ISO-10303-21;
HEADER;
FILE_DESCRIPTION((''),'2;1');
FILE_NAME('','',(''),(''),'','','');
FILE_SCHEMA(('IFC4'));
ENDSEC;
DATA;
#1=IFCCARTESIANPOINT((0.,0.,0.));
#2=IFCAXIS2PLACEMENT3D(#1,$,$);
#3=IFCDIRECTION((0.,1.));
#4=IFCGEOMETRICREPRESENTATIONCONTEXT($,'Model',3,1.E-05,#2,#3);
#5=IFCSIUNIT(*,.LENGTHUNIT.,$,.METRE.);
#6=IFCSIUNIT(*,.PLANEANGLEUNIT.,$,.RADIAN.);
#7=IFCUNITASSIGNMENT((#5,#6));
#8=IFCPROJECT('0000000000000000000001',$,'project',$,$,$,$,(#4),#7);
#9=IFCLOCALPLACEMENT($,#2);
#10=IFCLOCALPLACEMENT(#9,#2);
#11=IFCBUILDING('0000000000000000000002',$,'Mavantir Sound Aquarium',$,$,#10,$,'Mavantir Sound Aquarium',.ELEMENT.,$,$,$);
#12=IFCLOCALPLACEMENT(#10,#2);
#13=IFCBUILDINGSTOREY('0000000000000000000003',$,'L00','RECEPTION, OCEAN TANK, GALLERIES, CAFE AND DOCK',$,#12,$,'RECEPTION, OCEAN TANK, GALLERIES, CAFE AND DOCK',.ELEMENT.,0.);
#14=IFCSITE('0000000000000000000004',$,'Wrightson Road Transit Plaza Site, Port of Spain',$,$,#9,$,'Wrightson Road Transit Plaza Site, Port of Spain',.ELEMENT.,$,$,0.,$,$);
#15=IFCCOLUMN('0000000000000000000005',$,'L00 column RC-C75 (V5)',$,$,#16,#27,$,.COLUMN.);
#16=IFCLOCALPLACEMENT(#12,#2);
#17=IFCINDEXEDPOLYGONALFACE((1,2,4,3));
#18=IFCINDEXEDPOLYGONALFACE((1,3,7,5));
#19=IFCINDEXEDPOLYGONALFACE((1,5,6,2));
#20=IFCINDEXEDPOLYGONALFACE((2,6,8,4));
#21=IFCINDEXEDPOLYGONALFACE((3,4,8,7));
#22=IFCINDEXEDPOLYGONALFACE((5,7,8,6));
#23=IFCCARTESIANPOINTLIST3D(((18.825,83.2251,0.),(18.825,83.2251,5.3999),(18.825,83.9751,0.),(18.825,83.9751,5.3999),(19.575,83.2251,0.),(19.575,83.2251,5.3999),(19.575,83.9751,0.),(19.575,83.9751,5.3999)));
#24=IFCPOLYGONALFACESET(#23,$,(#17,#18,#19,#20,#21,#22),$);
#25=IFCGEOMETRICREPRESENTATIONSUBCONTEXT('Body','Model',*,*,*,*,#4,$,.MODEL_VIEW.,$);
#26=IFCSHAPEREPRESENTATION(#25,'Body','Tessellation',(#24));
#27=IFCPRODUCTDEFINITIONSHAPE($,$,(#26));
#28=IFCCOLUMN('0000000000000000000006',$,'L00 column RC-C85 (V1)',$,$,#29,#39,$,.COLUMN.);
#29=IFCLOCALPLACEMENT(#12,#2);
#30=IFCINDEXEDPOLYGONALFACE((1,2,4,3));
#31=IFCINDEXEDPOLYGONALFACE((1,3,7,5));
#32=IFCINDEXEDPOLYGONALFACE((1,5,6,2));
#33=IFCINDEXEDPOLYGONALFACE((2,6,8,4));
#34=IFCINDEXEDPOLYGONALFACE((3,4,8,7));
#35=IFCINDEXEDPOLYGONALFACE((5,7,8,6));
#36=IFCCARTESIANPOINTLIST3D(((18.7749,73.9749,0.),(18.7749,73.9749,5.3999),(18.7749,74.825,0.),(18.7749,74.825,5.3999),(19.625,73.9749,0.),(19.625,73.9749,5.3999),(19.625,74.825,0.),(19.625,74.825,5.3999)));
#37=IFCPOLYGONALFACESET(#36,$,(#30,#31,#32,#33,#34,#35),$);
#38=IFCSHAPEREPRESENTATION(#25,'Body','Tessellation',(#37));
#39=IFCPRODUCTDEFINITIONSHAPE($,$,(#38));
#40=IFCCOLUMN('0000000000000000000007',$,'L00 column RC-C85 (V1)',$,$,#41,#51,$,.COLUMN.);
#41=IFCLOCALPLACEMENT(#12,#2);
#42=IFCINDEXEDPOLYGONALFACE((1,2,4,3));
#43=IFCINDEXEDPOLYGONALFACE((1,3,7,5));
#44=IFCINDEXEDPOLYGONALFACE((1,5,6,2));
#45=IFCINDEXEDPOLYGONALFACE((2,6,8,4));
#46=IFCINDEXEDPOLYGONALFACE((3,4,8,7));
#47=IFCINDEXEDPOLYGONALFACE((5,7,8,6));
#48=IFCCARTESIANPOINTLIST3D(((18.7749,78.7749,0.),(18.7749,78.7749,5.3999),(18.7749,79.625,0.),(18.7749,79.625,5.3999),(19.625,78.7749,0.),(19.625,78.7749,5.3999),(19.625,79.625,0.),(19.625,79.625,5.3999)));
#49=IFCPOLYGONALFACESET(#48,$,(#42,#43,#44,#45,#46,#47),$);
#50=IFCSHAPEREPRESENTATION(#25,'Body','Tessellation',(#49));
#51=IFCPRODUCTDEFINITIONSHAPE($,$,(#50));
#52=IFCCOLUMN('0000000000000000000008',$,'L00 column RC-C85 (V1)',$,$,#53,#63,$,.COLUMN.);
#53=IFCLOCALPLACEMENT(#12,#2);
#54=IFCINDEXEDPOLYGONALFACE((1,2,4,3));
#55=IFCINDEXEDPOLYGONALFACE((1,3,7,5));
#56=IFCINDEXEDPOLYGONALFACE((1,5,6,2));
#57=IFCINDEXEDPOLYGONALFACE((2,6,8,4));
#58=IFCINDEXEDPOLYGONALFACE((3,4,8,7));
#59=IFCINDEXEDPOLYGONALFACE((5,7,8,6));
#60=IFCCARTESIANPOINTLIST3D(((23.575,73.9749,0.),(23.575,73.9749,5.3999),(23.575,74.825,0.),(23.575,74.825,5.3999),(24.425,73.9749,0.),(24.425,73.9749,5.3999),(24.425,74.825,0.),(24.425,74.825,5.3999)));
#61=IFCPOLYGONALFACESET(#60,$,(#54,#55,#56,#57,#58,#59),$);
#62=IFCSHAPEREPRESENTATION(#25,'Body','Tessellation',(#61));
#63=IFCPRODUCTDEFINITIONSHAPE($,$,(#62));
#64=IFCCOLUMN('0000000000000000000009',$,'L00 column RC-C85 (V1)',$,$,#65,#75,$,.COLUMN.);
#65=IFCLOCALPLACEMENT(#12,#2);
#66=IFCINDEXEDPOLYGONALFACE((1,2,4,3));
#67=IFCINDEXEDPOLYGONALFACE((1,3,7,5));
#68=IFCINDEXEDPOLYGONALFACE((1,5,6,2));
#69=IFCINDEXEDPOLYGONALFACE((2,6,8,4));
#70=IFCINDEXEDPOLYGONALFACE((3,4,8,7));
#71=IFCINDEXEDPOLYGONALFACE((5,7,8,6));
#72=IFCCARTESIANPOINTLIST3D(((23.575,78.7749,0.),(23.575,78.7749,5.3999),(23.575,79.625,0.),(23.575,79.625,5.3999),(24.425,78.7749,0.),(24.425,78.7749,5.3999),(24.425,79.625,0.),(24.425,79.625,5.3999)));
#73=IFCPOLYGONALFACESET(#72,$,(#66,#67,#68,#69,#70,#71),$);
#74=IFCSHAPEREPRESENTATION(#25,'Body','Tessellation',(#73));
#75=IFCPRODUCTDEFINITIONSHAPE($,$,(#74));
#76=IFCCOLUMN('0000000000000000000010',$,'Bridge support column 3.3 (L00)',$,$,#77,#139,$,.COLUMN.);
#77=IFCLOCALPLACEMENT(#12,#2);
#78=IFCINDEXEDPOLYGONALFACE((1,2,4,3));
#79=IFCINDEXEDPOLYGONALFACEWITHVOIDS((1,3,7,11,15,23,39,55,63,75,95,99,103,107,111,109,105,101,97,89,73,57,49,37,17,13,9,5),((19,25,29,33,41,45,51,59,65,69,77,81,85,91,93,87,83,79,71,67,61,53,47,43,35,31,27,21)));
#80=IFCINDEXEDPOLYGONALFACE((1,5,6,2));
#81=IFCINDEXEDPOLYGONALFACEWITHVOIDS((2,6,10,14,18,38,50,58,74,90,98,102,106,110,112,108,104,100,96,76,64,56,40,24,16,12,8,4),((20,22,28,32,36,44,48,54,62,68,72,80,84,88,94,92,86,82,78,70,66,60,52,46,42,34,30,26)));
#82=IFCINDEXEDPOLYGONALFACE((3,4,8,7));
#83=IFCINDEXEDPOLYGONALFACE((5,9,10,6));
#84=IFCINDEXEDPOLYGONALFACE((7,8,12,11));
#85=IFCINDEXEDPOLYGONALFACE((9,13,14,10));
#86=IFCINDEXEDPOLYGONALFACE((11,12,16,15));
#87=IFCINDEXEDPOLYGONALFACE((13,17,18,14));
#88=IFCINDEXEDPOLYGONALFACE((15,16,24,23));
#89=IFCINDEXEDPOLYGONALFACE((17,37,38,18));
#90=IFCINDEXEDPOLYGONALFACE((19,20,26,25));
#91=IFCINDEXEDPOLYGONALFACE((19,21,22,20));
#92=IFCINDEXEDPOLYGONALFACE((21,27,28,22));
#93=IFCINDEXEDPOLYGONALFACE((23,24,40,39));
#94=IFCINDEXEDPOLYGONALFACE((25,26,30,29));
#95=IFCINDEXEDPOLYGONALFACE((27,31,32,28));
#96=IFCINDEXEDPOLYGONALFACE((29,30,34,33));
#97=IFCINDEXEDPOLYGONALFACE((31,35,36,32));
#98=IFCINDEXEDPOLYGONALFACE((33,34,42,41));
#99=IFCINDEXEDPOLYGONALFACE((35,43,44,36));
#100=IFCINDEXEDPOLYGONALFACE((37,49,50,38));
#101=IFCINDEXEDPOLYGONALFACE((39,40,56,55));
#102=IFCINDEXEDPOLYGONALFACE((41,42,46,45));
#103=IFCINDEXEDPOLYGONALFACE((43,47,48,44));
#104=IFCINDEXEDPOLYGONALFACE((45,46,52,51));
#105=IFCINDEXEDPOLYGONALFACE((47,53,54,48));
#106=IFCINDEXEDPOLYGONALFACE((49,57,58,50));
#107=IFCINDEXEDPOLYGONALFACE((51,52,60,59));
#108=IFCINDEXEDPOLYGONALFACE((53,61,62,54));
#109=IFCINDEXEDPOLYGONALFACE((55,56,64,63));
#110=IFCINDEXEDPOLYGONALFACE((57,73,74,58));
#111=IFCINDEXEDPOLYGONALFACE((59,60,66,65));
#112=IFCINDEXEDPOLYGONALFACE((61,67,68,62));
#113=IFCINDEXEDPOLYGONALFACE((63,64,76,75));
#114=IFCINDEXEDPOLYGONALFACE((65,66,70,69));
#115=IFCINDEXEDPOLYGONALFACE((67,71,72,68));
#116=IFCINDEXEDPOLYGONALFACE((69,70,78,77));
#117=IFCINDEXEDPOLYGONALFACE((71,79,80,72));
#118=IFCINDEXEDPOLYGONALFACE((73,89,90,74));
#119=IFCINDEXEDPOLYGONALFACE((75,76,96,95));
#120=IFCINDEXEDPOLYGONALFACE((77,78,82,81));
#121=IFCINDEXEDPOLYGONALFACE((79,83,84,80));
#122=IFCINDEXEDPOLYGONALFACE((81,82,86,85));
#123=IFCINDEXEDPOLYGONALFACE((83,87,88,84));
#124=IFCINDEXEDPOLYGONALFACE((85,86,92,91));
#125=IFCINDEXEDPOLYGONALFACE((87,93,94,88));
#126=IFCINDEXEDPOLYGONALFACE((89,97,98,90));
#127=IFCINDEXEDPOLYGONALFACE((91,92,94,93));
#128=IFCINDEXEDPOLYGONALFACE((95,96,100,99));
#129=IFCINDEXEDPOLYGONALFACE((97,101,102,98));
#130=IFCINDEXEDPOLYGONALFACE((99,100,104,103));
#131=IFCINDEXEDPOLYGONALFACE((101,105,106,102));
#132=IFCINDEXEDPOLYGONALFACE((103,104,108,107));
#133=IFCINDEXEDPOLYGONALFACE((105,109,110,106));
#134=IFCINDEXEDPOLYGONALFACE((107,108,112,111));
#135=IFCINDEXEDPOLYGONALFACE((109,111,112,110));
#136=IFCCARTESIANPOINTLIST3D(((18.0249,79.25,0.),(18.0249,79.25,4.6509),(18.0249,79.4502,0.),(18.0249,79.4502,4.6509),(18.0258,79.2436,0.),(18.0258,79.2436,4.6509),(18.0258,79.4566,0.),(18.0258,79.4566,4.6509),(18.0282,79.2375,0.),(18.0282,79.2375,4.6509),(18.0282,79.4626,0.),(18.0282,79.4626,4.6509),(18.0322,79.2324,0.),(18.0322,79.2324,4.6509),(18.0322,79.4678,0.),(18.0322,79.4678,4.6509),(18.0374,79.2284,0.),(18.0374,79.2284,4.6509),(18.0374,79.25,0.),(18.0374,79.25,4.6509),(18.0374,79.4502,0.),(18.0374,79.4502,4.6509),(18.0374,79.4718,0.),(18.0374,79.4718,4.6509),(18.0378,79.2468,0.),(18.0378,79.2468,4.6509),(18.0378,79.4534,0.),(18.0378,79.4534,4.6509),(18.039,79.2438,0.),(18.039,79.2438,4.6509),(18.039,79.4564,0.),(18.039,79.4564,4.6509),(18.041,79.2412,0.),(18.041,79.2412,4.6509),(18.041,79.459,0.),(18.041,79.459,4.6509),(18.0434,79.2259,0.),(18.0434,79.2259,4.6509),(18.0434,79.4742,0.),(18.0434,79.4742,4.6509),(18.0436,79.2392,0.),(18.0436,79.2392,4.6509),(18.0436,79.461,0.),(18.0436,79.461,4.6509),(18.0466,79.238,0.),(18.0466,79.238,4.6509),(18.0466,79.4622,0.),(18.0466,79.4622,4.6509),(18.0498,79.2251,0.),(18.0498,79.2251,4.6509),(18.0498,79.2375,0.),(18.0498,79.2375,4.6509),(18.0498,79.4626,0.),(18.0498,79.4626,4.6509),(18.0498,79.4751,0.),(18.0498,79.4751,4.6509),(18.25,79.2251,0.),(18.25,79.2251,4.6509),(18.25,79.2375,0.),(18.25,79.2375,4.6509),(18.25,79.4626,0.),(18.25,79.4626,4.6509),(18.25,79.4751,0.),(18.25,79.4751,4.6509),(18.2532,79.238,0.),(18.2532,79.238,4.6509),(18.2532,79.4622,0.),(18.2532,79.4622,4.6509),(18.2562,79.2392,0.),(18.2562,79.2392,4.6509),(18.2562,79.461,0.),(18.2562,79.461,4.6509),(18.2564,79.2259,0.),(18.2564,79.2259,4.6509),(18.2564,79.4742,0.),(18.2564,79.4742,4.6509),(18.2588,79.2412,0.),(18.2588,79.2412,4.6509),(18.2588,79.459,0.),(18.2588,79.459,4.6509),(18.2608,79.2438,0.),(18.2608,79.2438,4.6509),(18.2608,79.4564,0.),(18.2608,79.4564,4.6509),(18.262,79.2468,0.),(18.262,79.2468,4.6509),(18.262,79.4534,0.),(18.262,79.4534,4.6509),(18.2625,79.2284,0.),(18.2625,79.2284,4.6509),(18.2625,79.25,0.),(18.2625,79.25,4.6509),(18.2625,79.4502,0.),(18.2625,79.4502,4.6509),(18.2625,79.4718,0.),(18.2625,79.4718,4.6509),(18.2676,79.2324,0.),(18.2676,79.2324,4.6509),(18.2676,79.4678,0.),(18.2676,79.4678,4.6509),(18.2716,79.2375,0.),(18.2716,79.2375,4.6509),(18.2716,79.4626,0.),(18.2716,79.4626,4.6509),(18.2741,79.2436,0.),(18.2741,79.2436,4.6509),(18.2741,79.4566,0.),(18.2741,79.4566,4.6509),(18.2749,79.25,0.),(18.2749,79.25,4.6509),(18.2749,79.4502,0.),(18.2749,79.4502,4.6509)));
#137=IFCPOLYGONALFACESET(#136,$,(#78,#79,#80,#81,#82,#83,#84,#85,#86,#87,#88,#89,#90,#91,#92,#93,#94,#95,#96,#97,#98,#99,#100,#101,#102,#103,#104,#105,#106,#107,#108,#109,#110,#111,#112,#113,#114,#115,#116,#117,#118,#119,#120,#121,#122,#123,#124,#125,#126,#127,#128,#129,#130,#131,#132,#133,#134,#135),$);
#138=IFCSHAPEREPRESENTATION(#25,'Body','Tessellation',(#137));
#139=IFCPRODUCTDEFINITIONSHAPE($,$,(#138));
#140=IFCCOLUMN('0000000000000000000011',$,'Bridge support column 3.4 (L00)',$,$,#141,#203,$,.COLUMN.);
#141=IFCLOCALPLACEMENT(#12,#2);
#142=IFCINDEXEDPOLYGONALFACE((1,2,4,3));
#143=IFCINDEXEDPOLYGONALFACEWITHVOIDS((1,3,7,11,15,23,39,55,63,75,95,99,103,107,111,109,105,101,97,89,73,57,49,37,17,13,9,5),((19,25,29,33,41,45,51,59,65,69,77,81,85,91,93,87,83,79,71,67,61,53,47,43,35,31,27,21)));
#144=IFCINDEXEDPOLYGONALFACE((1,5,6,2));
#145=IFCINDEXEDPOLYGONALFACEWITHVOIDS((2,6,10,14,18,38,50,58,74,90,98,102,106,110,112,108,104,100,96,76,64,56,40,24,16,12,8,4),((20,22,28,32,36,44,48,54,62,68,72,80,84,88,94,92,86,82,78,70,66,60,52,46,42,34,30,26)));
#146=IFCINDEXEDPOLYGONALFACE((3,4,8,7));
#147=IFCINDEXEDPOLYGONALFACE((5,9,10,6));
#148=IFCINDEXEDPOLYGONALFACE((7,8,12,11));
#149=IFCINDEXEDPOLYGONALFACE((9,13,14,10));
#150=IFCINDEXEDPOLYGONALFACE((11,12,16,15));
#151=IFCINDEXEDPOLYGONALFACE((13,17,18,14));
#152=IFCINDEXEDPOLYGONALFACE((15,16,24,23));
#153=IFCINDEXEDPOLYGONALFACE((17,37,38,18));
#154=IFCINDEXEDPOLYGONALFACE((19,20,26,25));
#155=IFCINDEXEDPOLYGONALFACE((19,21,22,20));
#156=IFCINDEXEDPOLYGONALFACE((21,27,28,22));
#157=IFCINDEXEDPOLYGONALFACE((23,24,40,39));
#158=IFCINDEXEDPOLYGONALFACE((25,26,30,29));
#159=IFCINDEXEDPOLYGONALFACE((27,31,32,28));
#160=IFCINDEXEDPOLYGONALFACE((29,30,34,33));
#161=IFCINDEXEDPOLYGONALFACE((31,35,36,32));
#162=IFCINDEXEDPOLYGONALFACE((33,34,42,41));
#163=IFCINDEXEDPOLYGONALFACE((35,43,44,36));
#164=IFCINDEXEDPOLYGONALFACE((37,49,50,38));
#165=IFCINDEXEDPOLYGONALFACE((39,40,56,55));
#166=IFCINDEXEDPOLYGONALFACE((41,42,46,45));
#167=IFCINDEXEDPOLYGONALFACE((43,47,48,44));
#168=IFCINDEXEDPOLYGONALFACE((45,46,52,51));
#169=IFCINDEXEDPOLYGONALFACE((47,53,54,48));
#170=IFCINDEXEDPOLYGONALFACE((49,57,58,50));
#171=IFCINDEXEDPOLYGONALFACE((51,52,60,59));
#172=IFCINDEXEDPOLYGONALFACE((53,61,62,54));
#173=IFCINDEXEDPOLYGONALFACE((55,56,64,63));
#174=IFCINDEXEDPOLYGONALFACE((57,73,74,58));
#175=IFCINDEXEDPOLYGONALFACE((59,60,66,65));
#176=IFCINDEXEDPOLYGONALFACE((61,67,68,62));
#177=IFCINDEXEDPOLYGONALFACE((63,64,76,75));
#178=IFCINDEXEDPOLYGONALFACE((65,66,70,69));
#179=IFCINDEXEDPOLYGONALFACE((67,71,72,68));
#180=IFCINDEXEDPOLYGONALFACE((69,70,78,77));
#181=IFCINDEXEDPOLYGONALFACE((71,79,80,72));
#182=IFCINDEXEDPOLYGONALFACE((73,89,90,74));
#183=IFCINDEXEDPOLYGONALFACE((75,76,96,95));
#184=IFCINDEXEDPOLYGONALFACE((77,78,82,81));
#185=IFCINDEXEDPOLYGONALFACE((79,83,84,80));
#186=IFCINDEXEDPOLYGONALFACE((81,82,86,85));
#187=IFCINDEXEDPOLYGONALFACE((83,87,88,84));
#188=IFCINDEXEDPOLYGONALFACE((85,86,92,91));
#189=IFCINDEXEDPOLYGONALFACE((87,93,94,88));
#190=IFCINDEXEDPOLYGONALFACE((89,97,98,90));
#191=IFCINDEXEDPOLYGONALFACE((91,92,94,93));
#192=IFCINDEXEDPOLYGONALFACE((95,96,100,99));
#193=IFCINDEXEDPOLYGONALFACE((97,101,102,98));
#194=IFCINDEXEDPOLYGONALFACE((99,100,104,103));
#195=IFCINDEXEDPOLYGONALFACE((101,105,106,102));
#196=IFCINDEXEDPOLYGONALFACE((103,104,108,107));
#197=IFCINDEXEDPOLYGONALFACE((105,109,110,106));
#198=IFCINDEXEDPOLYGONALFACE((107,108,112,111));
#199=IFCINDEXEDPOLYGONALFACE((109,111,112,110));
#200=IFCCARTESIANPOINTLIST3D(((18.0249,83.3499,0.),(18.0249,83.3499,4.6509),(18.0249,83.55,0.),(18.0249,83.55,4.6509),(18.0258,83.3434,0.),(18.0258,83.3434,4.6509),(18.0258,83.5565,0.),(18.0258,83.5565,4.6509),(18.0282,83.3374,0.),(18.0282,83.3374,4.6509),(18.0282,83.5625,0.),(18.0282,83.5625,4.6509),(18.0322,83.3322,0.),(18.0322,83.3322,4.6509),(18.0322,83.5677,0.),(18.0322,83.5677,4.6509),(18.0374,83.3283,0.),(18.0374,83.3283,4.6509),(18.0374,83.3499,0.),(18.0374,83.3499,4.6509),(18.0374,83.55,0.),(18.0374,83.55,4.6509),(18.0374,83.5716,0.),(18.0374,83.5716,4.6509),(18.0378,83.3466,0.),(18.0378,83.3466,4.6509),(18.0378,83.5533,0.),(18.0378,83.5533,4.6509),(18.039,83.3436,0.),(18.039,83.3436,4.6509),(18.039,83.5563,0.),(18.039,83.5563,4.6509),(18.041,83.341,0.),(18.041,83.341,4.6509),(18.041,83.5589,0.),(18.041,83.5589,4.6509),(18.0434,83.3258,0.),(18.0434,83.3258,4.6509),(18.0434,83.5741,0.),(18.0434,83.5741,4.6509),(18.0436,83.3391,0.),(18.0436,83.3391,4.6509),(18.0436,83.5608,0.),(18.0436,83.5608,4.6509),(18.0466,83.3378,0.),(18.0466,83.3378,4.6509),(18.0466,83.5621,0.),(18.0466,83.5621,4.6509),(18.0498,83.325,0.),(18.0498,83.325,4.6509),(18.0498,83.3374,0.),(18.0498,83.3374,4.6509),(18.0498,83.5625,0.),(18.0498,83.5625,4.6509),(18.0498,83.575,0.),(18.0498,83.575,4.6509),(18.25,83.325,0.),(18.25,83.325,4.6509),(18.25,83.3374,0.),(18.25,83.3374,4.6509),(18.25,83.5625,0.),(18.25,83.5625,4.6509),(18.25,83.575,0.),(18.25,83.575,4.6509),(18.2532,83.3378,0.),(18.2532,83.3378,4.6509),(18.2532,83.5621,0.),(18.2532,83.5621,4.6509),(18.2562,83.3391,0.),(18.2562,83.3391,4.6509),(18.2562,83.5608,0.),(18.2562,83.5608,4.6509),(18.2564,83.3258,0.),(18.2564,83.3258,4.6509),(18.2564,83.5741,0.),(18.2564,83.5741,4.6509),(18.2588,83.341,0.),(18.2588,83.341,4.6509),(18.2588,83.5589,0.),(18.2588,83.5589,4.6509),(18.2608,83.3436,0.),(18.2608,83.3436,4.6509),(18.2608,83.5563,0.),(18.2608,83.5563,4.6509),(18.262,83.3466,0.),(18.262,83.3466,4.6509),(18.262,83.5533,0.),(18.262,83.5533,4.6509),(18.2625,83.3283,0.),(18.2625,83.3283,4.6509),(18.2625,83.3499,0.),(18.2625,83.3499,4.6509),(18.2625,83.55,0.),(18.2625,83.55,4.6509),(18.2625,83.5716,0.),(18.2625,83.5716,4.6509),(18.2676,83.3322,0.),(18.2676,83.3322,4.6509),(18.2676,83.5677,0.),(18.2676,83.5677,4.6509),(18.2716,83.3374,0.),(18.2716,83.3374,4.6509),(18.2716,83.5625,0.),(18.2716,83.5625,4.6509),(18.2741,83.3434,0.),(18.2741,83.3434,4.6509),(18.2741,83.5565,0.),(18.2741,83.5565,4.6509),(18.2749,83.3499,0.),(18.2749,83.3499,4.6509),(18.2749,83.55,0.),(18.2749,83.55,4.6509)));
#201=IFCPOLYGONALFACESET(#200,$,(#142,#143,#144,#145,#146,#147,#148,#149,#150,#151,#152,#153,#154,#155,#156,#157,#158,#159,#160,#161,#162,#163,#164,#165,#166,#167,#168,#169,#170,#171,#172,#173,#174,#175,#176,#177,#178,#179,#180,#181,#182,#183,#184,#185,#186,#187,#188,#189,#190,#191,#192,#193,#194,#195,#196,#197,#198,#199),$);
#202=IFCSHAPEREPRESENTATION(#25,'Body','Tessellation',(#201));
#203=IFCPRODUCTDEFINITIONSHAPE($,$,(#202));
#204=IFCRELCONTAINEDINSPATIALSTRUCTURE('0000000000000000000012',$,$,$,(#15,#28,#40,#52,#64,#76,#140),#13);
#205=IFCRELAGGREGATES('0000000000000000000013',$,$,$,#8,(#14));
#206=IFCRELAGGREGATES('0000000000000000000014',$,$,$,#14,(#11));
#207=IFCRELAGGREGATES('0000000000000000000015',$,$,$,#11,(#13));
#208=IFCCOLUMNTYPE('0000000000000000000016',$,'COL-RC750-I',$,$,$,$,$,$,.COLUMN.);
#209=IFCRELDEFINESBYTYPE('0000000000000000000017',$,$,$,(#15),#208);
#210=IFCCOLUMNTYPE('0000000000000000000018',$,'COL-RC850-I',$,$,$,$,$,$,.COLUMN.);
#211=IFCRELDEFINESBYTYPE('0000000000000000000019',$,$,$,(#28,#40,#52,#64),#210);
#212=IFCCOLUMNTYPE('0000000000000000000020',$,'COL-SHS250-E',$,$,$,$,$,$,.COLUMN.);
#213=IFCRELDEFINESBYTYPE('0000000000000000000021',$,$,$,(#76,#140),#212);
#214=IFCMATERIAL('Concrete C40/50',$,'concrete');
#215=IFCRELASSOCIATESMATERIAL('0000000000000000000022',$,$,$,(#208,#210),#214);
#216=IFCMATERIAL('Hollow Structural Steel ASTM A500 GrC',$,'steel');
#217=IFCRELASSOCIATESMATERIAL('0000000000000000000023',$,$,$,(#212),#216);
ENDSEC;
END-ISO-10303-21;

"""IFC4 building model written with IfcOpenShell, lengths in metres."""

from ifc_helpers import new_model, si_unit, direction, frame, origin, origin_2d, place, context, subcontext, project, spatial, rectangle, hollow_rectangle, extrude, material, material_profile, profile_set, type_object, element, save


model = new_model("IFC4")

# Units and contexts
model_context = context("Model", 3, precision=1e-05, world=origin(), true_north=direction((0.0, 1.0)))
body_context = subcontext(model_context, "Body", "Model", "MODEL_VIEW")
ifc_project = project(units=[si_unit("LENGTHUNIT", "METRE"), si_unit("PLANEANGLEUNIT", "RADIAN")], contexts=[model_context])

# Site, building, storey
site_placement = place(None, origin())
site = spatial("IfcSite", under=ifc_project, at=site_placement, Name="Wrightson Road Transit Plaza Site, Port of Spain", LongName="Wrightson Road Transit Plaza Site, Port of Spain", CompositionType="ELEMENT", RefElevation=0.0)
building_placement = place(site_placement, origin())
building = spatial("IfcBuilding", under=site, at=building_placement, Name="Mavantir Sound Aquarium", LongName="Mavantir Sound Aquarium", CompositionType="ELEMENT")
storey_placement = place(building_placement, origin())
storey = spatial("IfcBuildingStorey", under=building, at=storey_placement, Name="L00", Description="RECEPTION, OCEAN TANK, GALLERIES, CAFE AND DOCK", LongName="RECEPTION, OCEAN TANK, GALLERIES, CAFE AND DOCK", CompositionType="ELEMENT", Elevation=0.0)

# Columns
ifc_material_1 = material(Name="Concrete C40/50", Category="concrete")
ifc_material_profile_1 = material_profile(ifc_material_1, rectangle(XDim=0.75, YDim=0.75, at=origin_2d()), Name="RC 750X750")
ifc_profile_set_1 = profile_set([ifc_material_profile_1], Name="Concrete C40/50")
column_type_1 = type_object("IfcColumnType", Name="COL-RC750-I", PredefinedType="COLUMN", material=ifc_profile_set_1)
column_placement = place(storey_placement, frame((19.2, 83.6001, 0.0), z_axis=(0.0, 0.0, 1.0), x_axis=(1.0, 0.0, 0.0)))
element("IfcColumn", 1, at=column_placement, inside=storey, type_object=column_type_1, Name="L00 column RC-C75 (V5)", PredefinedType="COLUMN", context=body_context, shape_type="SweptSolid", body=[
    extrude(rectangle(XDim=0.75, YDim=0.75, at=origin_2d()), origin(), (0.0, 0.0, 1.0), 5.3999),
])
ifc_material_profile_2 = material_profile(ifc_material_1, rectangle(XDim=0.8501, YDim=0.8501, at=origin_2d()), Name="RC 850X850")
ifc_profile_set_2 = profile_set([ifc_material_profile_2], Name="Concrete C40/50")
column_type_2 = type_object("IfcColumnType", Name="COL-RC850-I", PredefinedType="COLUMN", material=ifc_profile_set_2)
for number, where, z_axis, x_axis, name in (
    (2, (19.2, 74.3999, 0.0), (0.0, 0.0, 1.0), (1.0, 0.0, 0.0), "L00 column RC-C85 (V1)"),
    (3, (19.2, 79.2, 0.0), (0.0, 0.0, 1.0), (1.0, 0.0, 0.0), "L00 column RC-C85 (V1)"),
    (4, (24.0, 74.3999, 0.0), (0.0, 0.0, 1.0), (1.0, 0.0, 0.0), "L00 column RC-C85 (V1)"),
    (5, (24.0, 79.2, 0.0), (0.0, 0.0, 1.0), (1.0, 0.0, 0.0), "L00 column RC-C85 (V1)"),
):
    element("IfcColumn", number, at=place(storey_placement, frame(where, z_axis=z_axis, x_axis=x_axis)), inside=storey, type_object=column_type_2, Name=name, PredefinedType="COLUMN", context=body_context, shape_type="SweptSolid", body=[
        extrude(rectangle(XDim=0.8501, YDim=0.8501, at=origin_2d()), origin(), (0.0, 0.0, 1.0), 5.3999),
    ])
ifc_material_2 = material(Name="Hollow Structural Steel ASTM A500 GrC", Category="steel")
ifc_material_profile_3 = material_profile(ifc_material_2, hollow_rectangle(XDim=0.25, YDim=0.25, WallThickness=0.0125, InnerFilletRadius=0.0125, OuterFilletRadius=0.0249, at=origin_2d()), Name="SHS 250X250X12.5")
ifc_profile_set_3 = profile_set([ifc_material_profile_3], Name="Hollow Structural Steel ASTM A500 GrC")
column_type_3 = type_object("IfcColumnType", Name="COL-SHS250-E", PredefinedType="COLUMN", material=ifc_profile_set_3)
for number, where, z_axis, x_axis, name in (
    (6, (18.1499, 79.3501, 0.0), (0.0, 0.0, 1.0), (1.0, 0.0, 0.0), "Bridge support column 3.3 (L00)"),
    (7, (18.1499, 83.45, 0.0), (0.0, 0.0, 1.0), (1.0, 0.0, 0.0), "Bridge support column 3.4 (L00)"),
):
    element("IfcColumn", number, at=place(storey_placement, frame(where, z_axis=z_axis, x_axis=x_axis)), inside=storey, type_object=column_type_3, Name=name, PredefinedType="COLUMN", context=body_context, shape_type="SweptSolid", body=[
        extrude(hollow_rectangle(XDim=0.25, YDim=0.25, WallThickness=0.0125, InnerFilletRadius=0.0125, OuterFilletRadius=0.0249, at=origin_2d()), origin(), (0.0, 0.0, 1.0), 4.6509),
    ])

save(model, "model.ifc")
